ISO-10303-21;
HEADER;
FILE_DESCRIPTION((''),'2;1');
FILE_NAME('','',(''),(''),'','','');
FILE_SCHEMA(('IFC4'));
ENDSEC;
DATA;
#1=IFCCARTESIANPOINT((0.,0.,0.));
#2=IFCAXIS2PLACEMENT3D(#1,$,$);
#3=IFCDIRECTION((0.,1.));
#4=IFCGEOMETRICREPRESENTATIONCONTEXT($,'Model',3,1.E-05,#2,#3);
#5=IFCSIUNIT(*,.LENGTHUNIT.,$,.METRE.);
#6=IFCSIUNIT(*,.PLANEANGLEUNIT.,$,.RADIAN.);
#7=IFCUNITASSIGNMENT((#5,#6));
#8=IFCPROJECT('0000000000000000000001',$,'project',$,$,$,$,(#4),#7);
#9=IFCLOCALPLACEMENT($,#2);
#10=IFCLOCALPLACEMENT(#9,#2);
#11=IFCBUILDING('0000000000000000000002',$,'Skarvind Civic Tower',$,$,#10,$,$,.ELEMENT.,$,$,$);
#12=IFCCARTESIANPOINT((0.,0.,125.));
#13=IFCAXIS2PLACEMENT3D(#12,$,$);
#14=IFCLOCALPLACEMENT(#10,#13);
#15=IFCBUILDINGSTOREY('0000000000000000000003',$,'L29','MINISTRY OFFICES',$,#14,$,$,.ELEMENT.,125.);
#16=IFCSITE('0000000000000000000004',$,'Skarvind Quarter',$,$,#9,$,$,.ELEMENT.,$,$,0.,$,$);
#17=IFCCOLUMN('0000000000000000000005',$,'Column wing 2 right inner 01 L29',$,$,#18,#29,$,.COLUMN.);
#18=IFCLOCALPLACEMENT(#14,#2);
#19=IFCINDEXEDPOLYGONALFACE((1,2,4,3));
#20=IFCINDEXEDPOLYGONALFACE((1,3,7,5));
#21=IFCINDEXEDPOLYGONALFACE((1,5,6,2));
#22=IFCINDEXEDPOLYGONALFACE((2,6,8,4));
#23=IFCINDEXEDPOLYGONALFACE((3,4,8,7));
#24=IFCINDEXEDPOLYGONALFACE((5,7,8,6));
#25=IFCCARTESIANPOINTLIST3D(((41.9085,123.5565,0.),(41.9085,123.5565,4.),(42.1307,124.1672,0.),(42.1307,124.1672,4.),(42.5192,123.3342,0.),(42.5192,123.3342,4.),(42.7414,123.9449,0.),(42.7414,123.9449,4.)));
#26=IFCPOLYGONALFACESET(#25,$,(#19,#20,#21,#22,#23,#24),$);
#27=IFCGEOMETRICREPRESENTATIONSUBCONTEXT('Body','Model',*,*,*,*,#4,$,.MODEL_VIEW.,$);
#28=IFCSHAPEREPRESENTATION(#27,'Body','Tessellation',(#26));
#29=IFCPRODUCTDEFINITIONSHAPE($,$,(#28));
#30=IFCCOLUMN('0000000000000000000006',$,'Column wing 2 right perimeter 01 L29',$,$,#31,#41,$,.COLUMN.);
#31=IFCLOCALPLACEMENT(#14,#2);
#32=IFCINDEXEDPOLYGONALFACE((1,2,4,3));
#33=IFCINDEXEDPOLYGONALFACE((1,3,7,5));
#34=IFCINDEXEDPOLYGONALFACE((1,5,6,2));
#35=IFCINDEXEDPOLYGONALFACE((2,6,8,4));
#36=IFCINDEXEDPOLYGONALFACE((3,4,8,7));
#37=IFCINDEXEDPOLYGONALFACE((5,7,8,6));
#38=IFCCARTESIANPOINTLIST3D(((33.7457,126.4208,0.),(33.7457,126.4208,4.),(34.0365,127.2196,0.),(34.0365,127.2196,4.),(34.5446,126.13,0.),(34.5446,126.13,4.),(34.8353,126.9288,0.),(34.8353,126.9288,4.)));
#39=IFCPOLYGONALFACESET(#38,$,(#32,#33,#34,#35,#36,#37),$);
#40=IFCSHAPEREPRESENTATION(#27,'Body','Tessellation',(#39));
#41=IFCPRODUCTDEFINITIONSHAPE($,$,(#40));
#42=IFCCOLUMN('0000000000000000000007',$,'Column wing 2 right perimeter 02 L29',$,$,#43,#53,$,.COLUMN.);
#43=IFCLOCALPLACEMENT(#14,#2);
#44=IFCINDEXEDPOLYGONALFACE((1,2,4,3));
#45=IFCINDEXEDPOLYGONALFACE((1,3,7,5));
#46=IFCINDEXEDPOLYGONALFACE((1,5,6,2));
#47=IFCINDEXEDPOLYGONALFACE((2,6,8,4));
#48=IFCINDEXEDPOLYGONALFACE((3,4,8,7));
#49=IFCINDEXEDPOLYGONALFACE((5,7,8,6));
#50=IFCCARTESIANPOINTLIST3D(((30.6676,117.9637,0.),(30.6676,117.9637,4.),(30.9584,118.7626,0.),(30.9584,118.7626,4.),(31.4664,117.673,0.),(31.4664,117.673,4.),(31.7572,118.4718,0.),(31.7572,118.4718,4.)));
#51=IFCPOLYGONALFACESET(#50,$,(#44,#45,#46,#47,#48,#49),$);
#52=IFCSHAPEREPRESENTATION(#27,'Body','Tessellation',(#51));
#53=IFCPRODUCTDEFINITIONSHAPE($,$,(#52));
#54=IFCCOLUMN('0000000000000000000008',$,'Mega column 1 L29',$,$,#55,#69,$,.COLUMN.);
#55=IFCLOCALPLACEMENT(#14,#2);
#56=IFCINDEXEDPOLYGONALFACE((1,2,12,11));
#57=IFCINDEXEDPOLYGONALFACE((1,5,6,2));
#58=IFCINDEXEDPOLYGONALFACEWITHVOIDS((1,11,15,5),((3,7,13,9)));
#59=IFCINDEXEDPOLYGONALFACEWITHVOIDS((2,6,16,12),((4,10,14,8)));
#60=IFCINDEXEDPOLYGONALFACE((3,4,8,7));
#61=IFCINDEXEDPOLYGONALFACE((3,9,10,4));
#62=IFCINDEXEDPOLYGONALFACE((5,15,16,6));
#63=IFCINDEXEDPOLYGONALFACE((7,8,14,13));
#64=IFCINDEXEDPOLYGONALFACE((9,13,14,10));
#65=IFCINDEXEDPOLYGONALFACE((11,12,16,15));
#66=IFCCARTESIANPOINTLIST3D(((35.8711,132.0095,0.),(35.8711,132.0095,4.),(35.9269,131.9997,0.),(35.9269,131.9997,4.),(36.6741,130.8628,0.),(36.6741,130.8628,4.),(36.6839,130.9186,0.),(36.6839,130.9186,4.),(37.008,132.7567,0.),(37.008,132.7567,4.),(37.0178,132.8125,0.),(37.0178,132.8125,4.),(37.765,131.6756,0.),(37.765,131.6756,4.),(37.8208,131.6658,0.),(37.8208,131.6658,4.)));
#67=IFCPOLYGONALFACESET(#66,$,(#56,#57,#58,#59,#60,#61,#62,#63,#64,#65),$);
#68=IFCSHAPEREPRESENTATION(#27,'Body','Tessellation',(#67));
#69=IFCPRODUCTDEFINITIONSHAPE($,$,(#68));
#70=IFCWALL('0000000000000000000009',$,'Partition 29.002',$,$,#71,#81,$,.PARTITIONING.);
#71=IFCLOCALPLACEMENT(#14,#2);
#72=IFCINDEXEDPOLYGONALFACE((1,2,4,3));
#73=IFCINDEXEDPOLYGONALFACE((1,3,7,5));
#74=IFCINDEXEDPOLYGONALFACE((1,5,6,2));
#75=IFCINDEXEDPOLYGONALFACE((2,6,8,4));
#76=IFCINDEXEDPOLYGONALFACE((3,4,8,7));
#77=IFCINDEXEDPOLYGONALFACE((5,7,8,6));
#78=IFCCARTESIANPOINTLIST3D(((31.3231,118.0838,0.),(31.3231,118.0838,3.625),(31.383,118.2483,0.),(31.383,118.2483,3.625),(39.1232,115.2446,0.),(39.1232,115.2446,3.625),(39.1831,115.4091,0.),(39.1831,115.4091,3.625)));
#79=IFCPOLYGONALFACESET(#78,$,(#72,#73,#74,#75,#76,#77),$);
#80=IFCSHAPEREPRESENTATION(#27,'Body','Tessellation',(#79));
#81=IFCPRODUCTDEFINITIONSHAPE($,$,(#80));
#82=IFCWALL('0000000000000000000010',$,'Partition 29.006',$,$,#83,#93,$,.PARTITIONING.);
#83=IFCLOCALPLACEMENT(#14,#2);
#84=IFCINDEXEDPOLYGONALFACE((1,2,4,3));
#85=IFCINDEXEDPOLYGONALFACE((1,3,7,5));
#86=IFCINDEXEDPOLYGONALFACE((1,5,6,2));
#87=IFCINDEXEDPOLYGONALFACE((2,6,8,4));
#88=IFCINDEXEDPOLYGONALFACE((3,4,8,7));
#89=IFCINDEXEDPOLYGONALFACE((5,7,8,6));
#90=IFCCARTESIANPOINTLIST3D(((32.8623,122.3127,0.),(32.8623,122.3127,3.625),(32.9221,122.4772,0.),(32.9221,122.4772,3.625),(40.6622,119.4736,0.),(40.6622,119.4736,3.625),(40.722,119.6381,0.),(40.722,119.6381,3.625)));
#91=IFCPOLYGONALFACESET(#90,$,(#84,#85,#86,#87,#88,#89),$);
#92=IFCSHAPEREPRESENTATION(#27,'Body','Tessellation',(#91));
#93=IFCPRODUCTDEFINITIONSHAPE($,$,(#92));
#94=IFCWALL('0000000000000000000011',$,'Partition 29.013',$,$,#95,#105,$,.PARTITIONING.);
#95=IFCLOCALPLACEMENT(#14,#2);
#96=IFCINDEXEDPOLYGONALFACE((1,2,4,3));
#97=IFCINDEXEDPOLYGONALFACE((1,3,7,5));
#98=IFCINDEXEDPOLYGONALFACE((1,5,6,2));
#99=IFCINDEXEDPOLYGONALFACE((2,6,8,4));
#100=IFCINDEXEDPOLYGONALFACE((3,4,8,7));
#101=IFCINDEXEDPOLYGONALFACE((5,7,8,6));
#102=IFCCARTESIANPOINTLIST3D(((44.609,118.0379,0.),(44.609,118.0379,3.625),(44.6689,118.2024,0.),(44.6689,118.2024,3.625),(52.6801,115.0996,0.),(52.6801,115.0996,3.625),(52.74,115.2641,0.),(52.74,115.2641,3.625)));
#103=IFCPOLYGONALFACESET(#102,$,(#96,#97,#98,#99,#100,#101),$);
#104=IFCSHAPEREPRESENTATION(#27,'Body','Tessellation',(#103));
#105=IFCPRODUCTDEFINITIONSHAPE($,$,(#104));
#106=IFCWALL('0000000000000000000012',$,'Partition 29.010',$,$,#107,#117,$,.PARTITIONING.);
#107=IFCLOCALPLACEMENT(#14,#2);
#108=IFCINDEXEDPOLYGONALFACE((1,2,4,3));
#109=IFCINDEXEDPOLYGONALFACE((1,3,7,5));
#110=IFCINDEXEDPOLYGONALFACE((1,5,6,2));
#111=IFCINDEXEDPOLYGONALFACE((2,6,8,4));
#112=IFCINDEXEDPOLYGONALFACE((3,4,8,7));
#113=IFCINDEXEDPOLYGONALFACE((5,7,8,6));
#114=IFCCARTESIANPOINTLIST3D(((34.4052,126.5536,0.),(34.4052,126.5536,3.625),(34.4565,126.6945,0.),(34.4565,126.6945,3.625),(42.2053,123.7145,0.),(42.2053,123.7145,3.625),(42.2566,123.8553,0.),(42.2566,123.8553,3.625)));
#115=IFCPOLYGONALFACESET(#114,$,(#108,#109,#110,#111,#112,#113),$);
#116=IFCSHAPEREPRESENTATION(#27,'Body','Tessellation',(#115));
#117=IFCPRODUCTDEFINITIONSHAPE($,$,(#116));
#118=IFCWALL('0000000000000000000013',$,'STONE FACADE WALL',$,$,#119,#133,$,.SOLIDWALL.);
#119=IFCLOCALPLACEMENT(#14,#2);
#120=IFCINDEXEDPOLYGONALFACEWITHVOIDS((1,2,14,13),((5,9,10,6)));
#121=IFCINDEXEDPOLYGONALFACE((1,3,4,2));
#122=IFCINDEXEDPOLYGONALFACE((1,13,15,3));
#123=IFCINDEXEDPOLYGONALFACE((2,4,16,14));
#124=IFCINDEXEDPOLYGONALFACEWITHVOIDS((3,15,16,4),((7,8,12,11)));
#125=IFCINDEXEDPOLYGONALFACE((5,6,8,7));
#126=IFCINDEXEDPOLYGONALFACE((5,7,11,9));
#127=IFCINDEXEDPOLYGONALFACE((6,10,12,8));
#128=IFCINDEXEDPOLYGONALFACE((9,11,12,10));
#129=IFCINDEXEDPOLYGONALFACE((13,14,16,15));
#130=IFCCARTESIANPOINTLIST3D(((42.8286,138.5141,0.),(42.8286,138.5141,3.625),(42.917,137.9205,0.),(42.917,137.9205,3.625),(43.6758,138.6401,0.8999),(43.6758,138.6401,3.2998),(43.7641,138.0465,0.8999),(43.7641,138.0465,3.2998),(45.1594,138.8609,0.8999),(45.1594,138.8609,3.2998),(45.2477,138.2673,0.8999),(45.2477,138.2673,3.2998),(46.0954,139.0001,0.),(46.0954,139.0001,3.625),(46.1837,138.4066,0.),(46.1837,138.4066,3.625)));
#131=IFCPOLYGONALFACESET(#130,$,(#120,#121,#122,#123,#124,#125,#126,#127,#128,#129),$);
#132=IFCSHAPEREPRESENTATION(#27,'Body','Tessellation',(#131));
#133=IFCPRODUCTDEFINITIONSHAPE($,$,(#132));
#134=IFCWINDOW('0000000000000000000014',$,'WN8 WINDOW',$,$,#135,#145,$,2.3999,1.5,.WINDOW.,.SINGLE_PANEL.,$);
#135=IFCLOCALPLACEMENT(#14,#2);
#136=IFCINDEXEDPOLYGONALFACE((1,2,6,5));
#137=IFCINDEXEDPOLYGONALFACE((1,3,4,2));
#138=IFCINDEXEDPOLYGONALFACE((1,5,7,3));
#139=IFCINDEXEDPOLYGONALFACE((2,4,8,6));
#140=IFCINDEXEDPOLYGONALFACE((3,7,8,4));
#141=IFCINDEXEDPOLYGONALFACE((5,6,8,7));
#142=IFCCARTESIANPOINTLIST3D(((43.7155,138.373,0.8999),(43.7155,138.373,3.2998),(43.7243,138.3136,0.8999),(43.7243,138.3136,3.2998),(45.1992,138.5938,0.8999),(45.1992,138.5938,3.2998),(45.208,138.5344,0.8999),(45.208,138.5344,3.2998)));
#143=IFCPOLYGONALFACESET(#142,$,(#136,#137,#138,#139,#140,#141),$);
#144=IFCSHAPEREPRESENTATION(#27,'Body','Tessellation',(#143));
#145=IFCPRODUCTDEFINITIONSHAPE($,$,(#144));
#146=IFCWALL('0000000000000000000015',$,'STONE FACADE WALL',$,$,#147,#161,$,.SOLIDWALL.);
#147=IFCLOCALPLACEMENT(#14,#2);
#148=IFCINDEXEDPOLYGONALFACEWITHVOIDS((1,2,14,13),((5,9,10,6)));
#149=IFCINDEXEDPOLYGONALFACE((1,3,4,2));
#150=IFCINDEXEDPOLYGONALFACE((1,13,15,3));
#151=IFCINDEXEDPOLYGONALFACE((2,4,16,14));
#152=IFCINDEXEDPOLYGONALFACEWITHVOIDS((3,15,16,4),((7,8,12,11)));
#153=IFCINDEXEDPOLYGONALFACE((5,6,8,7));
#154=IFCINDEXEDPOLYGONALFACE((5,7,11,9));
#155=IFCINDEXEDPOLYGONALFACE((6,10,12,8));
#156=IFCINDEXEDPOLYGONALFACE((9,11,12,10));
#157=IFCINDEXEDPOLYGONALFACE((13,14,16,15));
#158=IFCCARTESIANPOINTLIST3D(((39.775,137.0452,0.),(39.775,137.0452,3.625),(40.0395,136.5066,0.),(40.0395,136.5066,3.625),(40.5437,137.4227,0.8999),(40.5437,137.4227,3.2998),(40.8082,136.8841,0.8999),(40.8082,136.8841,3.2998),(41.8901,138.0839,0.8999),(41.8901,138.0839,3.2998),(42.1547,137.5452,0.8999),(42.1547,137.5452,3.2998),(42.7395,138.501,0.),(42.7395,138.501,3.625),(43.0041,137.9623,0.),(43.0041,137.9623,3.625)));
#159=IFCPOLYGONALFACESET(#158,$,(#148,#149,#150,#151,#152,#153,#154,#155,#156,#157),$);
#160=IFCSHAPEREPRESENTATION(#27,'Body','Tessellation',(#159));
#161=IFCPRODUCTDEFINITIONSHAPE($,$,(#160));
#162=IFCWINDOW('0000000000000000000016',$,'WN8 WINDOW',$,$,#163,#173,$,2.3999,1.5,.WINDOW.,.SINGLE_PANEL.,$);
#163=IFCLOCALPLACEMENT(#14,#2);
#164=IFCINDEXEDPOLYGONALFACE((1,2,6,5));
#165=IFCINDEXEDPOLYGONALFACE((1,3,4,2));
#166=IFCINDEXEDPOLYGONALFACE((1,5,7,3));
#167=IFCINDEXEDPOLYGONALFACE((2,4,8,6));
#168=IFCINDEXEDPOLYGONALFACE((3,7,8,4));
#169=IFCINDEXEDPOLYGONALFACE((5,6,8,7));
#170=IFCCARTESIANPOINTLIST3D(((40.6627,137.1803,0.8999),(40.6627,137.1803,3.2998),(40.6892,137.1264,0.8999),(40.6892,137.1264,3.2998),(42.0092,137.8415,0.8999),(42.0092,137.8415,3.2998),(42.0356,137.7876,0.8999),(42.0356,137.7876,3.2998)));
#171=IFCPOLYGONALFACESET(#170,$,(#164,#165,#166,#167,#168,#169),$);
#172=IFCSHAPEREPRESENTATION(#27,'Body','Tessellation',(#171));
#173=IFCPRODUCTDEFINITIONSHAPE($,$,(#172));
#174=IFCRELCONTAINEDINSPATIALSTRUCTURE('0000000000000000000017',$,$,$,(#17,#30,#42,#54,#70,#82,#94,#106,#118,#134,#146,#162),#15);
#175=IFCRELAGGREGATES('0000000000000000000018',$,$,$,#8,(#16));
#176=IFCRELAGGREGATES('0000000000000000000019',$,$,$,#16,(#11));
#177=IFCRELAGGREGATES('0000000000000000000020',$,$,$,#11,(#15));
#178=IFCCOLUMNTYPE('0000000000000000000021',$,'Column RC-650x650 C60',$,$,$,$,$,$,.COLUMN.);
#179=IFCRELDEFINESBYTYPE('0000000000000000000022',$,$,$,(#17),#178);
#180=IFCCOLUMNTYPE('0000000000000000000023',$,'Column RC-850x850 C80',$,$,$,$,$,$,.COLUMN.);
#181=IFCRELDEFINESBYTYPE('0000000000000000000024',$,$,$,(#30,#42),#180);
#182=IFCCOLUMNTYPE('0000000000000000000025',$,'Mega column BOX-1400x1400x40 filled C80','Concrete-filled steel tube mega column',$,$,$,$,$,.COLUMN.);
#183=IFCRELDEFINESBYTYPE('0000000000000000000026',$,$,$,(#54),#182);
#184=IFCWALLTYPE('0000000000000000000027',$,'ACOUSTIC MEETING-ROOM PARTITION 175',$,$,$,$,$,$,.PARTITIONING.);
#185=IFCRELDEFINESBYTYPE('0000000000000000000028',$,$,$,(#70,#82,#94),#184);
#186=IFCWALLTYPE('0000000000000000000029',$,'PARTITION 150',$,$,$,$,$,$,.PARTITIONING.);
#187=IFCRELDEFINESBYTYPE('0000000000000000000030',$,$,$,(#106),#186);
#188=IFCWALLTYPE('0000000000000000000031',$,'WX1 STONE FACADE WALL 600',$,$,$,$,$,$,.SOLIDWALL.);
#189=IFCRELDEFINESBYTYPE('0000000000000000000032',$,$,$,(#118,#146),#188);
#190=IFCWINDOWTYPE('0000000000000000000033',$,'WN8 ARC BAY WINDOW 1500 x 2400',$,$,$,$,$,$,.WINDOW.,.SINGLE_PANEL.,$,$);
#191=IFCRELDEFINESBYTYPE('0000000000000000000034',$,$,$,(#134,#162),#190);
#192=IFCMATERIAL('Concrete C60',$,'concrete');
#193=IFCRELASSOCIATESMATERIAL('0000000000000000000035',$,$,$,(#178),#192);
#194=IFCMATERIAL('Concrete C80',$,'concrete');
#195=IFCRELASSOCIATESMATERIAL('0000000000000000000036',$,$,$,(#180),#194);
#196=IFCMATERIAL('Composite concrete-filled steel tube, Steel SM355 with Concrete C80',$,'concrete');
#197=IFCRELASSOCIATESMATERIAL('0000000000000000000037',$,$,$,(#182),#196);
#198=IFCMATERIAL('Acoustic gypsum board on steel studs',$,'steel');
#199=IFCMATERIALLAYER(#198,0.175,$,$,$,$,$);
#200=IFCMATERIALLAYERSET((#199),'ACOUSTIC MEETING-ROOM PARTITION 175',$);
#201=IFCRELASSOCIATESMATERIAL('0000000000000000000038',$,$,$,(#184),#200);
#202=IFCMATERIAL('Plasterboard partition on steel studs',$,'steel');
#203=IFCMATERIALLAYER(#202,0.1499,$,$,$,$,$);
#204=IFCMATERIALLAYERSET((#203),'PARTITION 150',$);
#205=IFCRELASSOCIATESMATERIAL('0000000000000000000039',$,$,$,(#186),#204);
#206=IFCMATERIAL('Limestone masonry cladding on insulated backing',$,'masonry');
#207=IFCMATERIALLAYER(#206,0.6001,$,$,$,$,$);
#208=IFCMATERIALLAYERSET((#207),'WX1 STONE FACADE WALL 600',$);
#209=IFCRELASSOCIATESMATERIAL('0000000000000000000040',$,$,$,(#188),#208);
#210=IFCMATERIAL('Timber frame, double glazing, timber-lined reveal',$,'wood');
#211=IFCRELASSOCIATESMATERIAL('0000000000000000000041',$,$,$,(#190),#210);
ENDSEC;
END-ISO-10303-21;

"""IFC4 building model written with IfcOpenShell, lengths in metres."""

from ifc_helpers import new_model, si_unit, direction, frame, frame_2d, origin, origin_2d, place, context, subcontext, project, spatial, rectangle, hollow_rectangle, extrude, material, layer, layer_set, material_profile, profile_set, type_object, element, fill, save


model = new_model("IFC4")

# Units and contexts
model_context = context("Model", 3, precision=1e-05, world=origin(), true_north=direction((0.0, 1.0)))
body_context = subcontext(model_context, "Body", "Model", "MODEL_VIEW")
ifc_project = project(units=[si_unit("LENGTHUNIT", "METRE"), si_unit("PLANEANGLEUNIT", "RADIAN")], contexts=[model_context])

# Site, building, storey
site_placement = place(None, origin())
site = spatial("IfcSite", under=ifc_project, at=site_placement, Name="Skarvind Quarter", CompositionType="ELEMENT", RefElevation=0.0)
building_placement = place(site_placement, origin())
building = spatial("IfcBuilding", under=site, at=building_placement, Name="Skarvind Civic Tower", CompositionType="ELEMENT")
storey_placement = place(building_placement, frame((0.0, 0.0, 125.0)))
storey = spatial("IfcBuildingStorey", under=building, at=storey_placement, Name="L29", Description="MINISTRY OFFICES", CompositionType="ELEMENT", Elevation=125.0)

# Columns
ifc_material_1 = material(Name="Concrete C60", Category="concrete")
ifc_material_profile_1 = material_profile(ifc_material_1, rectangle(XDim=0.6499, YDim=0.6499, at=origin_2d()), Name="RC-650x650")
ifc_profile_set_1 = profile_set([ifc_material_profile_1], Name="Concrete C60")
column_type_1 = type_object("IfcColumnType", Name="Column RC-650x650 C60", PredefinedType="COLUMN", material=ifc_profile_set_1)
column_1_placement = place(storey_placement, frame((42.325, 123.7507, 0.0), z_axis=(0.0, 0.0, 1.0), x_axis=(-0.34202, -0.939693, 0.0)))
element("IfcColumn", 1, at=column_1_placement, inside=storey, type_object=column_type_1, Name="Column wing 2 right inner 01 L29", PredefinedType="COLUMN", context=body_context, shape_type="SweptSolid", body=[
    extrude(rectangle(XDim=0.6499, YDim=0.6499, at=origin_2d()), origin(), (0.0, 0.0, 1.0), 4.0),
])
ifc_material_2 = material(Name="Concrete C80", Category="concrete")
ifc_material_profile_2 = material_profile(ifc_material_2, rectangle(XDim=0.8501, YDim=0.8501, at=origin_2d()), Name="RC-850x850")
ifc_profile_set_2 = profile_set([ifc_material_profile_2], Name="Concrete C80")
column_type_2 = type_object("IfcColumnType", Name="Column RC-850x850 C80", PredefinedType="COLUMN", material=ifc_profile_set_2)
for number, where, z_axis, x_axis, name in (
    (2, (34.2905, 126.6748, 0.0), (0.0, 0.0, 1.0), (-0.34202, -0.939693, 0.0), "Column wing 2 right perimeter 01 L29"),
    (3, (31.2124, 118.2178, 0.0), (0.0, 0.0, 1.0), (-0.34202, -0.939693, 0.0), "Column wing 2 right perimeter 02 L29"),
):
    element("IfcColumn", number, at=place(storey_placement, frame(where, z_axis=z_axis, x_axis=x_axis)), inside=storey, type_object=column_type_2, Name=name, PredefinedType="COLUMN", context=body_context, shape_type="SweptSolid", body=[
        extrude(rectangle(XDim=0.8501, YDim=0.8501, at=origin_2d()), origin(), (0.0, 0.0, 1.0), 4.0),
    ])
ifc_material_3 = material(Name="Composite concrete-filled steel tube, Steel SM355 with Concrete C80", Category="concrete")
ifc_material_profile_3 = material_profile(ifc_material_3, hollow_rectangle(XDim=1.3999, YDim=1.3999, WallThickness=0.04, at=origin_2d()), Name="BOX-1400x1400x40")
ifc_profile_set_3 = profile_set([ifc_material_profile_3], Name="Composite concrete-filled steel tube, Steel SM355 with Concrete C80")
column_type_3 = type_object("IfcColumnType", Name="Mega column BOX-1400x1400x40 filled C80", Description="Concrete-filled steel tube mega column", PredefinedType="COLUMN", material=ifc_profile_set_3)
column_2_placement = place(storey_placement, frame((36.8459, 131.8376, 0.0), z_axis=(0.0, 0.0, 1.0), x_axis=(0.573576, -0.819152, 0.0)))
element("IfcColumn", 4, at=column_2_placement, inside=storey, type_object=column_type_3, Name="Mega column 1 L29", PredefinedType="COLUMN", context=body_context, shape_type="SweptSolid", body=[
    extrude(hollow_rectangle(XDim=1.3999, YDim=1.3999, WallThickness=0.04, at=origin_2d()), origin(), (0.0, 0.0, 1.0), 4.0),
])

# Walls
ifc_material_4 = material(Name="Acoustic gypsum board on steel studs", Category="steel")
ifc_layer_1 = layer(ifc_material_4, 0.175)
ifc_layer_set_1 = layer_set([ifc_layer_1], Name="ACOUSTIC MEETING-ROOM PARTITION 175")
wall_type_1 = type_object("IfcWallType", Name="ACOUSTIC MEETING-ROOM PARTITION 175", PredefinedType="PARTITIONING", material=ifc_layer_set_1)
wall_1_placement = place(storey_placement, frame((31.353, 118.166, 0.0), z_axis=(0.0, 0.0, 1.0), x_axis=(0.939688, -0.342034, 0.0)))
element("IfcWall", 5, at=wall_1_placement, inside=storey, type_object=wall_type_1, Name="Partition 29.002", PredefinedType="PARTITIONING", context=body_context, shape_type="SweptSolid", body=[
    extrude(rectangle(XDim=8.3008, YDim=0.175, at=frame_2d((4.1504, 0.0))), origin(), (0.0, 0.0, 1.0), 3.625),
])
wall_2_placement = place(storey_placement, frame((32.8921, 122.395, 0.0), z_axis=(0.0, 0.0, 1.0), x_axis=(0.939684, -0.342043, 0.0)))
element("IfcWall", 6, at=wall_2_placement, inside=storey, type_object=wall_type_1, Name="Partition 29.006", PredefinedType="PARTITIONING", context=body_context, shape_type="SweptSolid", body=[
    extrude(rectangle(XDim=8.3005, YDim=0.175, at=frame_2d((4.1504, 0.0))), origin(), (0.0, 0.0, 1.0), 3.625),
])
wall_3_placement = place(storey_placement, frame((44.6389, 118.1201, 0.0), z_axis=(0.0, 0.0, 1.0), x_axis=(0.93967, -0.342083, 0.0)))
element("IfcWall", 7, at=wall_3_placement, inside=storey, type_object=wall_type_1, Name="Partition 29.013", PredefinedType="PARTITIONING", context=body_context, shape_type="SweptSolid", body=[
    extrude(rectangle(XDim=8.5894, YDim=0.175, at=frame_2d((4.2947, 0.0))), origin(), (0.0, 0.0, 1.0), 3.625),
])
ifc_material_5 = material(Name="Plasterboard partition on steel studs", Category="steel")
ifc_layer_2 = layer(ifc_material_5, 0.1499)
ifc_layer_set_2 = layer_set([ifc_layer_2], Name="PARTITION 150")
wall_type_2 = type_object("IfcWallType", Name="PARTITION 150", PredefinedType="PARTITIONING", material=ifc_layer_set_2)
wall_4_placement = place(storey_placement, frame((42.231, 123.7849, 0.0), z_axis=(0.0, 0.0, 1.0), x_axis=(-0.939688, 0.342034, 0.0)))
element("IfcWall", 8, at=wall_4_placement, inside=storey, type_object=wall_type_2, Name="Partition 29.010", PredefinedType="PARTITIONING", context=body_context, shape_type="SweptSolid", body=[
    extrude(rectangle(XDim=8.3008, YDim=0.1499, at=frame_2d((4.1504, 0.0))), origin(), (0.0, 0.0, 1.0), 3.625),
])

# Walls, openings, windows
ifc_material_6 = material(Name="Limestone masonry cladding on insulated backing", Category="masonry")
ifc_layer_3 = layer(ifc_material_6, 0.6001)
ifc_layer_set_3 = layer_set([ifc_layer_3], Name="WX1 STONE FACADE WALL 600")
wall_type_3 = type_object("IfcWallType", Name="WX1 STONE FACADE WALL 600", PredefinedType="SOLIDWALL", material=ifc_layer_set_3)
wall_5_placement = place(storey_placement, frame((42.8728, 138.2173, 0.0), z_axis=(0.0, 0.0, 1.0), x_axis=(0.989111, 0.147173, 0.0)))
wall_5 = element("IfcWall", 9, at=wall_5_placement, inside=storey, type_object=wall_type_3, Name="STONE FACADE WALL", PredefinedType="SOLIDWALL", context=body_context, shape_type="SweptSolid", body=[
    extrude(rectangle(XDim=3.3027, YDim=0.6001, at=frame_2d((1.6514, 0.0))), origin(), (0.0, 0.0, 1.0), 3.625),
])
opening_1_placement = place(wall_5_placement, frame((0.8564, 0.0, 0.8999)))
opening_1 = element("IfcOpeningElement", 10, at=opening_1_placement, cuts=wall_5, PredefinedType="OPENING", context=body_context, shape_type="SweptSolid", body=[
    extrude(rectangle(XDim=1.5, YDim=2.3999, at=frame_2d((0.75, 1.2))), frame((0.0, 0.3101, 0.0), z_axis=(0.0, -1.0, 0.0), x_axis=(1.0, 0.0, 0.0)), (0.0, 0.0, 1.0), 0.6201),
])
ifc_material_7 = material(Name="Timber frame, double glazing, timber-lined reveal", Category="wood")
window_type = type_object("IfcWindowType", Name="WN8 ARC BAY WINDOW 1500 x 2400", PartitioningType="SINGLE_PANEL", PredefinedType="WINDOW", material=ifc_material_7)
window_1_placement = place(opening_1_placement, origin())
window_1 = element("IfcWindow", 11, at=window_1_placement, inside=storey, type_object=window_type, Name="WN8 WINDOW", OverallHeight=2.3999, OverallWidth=1.5, PartitioningType="SINGLE_PANEL", PredefinedType="WINDOW", context=body_context, shape_type="SweptSolid", body=[
    extrude(rectangle(XDim=1.5, YDim=2.3999, at=frame_2d((0.75, 1.2))), frame((0.0, 0.03, 0.0), z_axis=(0.0, -1.0, 0.0), x_axis=(1.0, 0.0, 0.0)), (0.0, 0.0, 1.0), 0.0601),
])
fill(opening_1, window_1)
wall_6_placement = place(storey_placement, frame((39.9072, 136.7759, 0.0), z_axis=(0.0, 0.0, 1.0), x_axis=(0.897612, 0.440786, 0.0)))
wall_6 = element("IfcWall", 12, at=wall_6_placement, inside=storey, type_object=wall_type_3, Name="STONE FACADE WALL", PredefinedType="SOLIDWALL", context=body_context, shape_type="SweptSolid", body=[
    extrude(rectangle(XDim=3.3027, YDim=0.6001, at=frame_2d((1.6514, 0.0))), origin(), (0.0, 0.0, 1.0), 3.625),
])
opening_2_placement = place(wall_6_placement, frame((0.8564, 0.0, 0.8999)))
opening_2 = element("IfcOpeningElement", 13, at=opening_2_placement, cuts=wall_6, PredefinedType="OPENING", context=body_context, shape_type="SweptSolid", body=[
    extrude(rectangle(XDim=1.5, YDim=2.3999, at=frame_2d((0.75, 1.2))), frame((0.0, 0.3101, 0.0), z_axis=(0.0, -1.0, 0.0), x_axis=(1.0, 0.0, 0.0)), (0.0, 0.0, 1.0), 0.6201),
])
window_2_placement = place(opening_2_placement, origin())
window_2 = element("IfcWindow", 14, at=window_2_placement, inside=storey, type_object=window_type, Name="WN8 WINDOW", OverallHeight=2.3999, OverallWidth=1.5, PartitioningType="SINGLE_PANEL", PredefinedType="WINDOW", context=body_context, shape_type="SweptSolid", body=[
    extrude(rectangle(XDim=1.5, YDim=2.3999, at=frame_2d((0.75, 1.2))), frame((0.0, 0.03, 0.0), z_axis=(0.0, -1.0, 0.0), x_axis=(1.0, 0.0, 0.0)), (0.0, 0.0, 1.0), 0.0601),
])
fill(opening_2, window_2)

save(model, "model.ifc")
